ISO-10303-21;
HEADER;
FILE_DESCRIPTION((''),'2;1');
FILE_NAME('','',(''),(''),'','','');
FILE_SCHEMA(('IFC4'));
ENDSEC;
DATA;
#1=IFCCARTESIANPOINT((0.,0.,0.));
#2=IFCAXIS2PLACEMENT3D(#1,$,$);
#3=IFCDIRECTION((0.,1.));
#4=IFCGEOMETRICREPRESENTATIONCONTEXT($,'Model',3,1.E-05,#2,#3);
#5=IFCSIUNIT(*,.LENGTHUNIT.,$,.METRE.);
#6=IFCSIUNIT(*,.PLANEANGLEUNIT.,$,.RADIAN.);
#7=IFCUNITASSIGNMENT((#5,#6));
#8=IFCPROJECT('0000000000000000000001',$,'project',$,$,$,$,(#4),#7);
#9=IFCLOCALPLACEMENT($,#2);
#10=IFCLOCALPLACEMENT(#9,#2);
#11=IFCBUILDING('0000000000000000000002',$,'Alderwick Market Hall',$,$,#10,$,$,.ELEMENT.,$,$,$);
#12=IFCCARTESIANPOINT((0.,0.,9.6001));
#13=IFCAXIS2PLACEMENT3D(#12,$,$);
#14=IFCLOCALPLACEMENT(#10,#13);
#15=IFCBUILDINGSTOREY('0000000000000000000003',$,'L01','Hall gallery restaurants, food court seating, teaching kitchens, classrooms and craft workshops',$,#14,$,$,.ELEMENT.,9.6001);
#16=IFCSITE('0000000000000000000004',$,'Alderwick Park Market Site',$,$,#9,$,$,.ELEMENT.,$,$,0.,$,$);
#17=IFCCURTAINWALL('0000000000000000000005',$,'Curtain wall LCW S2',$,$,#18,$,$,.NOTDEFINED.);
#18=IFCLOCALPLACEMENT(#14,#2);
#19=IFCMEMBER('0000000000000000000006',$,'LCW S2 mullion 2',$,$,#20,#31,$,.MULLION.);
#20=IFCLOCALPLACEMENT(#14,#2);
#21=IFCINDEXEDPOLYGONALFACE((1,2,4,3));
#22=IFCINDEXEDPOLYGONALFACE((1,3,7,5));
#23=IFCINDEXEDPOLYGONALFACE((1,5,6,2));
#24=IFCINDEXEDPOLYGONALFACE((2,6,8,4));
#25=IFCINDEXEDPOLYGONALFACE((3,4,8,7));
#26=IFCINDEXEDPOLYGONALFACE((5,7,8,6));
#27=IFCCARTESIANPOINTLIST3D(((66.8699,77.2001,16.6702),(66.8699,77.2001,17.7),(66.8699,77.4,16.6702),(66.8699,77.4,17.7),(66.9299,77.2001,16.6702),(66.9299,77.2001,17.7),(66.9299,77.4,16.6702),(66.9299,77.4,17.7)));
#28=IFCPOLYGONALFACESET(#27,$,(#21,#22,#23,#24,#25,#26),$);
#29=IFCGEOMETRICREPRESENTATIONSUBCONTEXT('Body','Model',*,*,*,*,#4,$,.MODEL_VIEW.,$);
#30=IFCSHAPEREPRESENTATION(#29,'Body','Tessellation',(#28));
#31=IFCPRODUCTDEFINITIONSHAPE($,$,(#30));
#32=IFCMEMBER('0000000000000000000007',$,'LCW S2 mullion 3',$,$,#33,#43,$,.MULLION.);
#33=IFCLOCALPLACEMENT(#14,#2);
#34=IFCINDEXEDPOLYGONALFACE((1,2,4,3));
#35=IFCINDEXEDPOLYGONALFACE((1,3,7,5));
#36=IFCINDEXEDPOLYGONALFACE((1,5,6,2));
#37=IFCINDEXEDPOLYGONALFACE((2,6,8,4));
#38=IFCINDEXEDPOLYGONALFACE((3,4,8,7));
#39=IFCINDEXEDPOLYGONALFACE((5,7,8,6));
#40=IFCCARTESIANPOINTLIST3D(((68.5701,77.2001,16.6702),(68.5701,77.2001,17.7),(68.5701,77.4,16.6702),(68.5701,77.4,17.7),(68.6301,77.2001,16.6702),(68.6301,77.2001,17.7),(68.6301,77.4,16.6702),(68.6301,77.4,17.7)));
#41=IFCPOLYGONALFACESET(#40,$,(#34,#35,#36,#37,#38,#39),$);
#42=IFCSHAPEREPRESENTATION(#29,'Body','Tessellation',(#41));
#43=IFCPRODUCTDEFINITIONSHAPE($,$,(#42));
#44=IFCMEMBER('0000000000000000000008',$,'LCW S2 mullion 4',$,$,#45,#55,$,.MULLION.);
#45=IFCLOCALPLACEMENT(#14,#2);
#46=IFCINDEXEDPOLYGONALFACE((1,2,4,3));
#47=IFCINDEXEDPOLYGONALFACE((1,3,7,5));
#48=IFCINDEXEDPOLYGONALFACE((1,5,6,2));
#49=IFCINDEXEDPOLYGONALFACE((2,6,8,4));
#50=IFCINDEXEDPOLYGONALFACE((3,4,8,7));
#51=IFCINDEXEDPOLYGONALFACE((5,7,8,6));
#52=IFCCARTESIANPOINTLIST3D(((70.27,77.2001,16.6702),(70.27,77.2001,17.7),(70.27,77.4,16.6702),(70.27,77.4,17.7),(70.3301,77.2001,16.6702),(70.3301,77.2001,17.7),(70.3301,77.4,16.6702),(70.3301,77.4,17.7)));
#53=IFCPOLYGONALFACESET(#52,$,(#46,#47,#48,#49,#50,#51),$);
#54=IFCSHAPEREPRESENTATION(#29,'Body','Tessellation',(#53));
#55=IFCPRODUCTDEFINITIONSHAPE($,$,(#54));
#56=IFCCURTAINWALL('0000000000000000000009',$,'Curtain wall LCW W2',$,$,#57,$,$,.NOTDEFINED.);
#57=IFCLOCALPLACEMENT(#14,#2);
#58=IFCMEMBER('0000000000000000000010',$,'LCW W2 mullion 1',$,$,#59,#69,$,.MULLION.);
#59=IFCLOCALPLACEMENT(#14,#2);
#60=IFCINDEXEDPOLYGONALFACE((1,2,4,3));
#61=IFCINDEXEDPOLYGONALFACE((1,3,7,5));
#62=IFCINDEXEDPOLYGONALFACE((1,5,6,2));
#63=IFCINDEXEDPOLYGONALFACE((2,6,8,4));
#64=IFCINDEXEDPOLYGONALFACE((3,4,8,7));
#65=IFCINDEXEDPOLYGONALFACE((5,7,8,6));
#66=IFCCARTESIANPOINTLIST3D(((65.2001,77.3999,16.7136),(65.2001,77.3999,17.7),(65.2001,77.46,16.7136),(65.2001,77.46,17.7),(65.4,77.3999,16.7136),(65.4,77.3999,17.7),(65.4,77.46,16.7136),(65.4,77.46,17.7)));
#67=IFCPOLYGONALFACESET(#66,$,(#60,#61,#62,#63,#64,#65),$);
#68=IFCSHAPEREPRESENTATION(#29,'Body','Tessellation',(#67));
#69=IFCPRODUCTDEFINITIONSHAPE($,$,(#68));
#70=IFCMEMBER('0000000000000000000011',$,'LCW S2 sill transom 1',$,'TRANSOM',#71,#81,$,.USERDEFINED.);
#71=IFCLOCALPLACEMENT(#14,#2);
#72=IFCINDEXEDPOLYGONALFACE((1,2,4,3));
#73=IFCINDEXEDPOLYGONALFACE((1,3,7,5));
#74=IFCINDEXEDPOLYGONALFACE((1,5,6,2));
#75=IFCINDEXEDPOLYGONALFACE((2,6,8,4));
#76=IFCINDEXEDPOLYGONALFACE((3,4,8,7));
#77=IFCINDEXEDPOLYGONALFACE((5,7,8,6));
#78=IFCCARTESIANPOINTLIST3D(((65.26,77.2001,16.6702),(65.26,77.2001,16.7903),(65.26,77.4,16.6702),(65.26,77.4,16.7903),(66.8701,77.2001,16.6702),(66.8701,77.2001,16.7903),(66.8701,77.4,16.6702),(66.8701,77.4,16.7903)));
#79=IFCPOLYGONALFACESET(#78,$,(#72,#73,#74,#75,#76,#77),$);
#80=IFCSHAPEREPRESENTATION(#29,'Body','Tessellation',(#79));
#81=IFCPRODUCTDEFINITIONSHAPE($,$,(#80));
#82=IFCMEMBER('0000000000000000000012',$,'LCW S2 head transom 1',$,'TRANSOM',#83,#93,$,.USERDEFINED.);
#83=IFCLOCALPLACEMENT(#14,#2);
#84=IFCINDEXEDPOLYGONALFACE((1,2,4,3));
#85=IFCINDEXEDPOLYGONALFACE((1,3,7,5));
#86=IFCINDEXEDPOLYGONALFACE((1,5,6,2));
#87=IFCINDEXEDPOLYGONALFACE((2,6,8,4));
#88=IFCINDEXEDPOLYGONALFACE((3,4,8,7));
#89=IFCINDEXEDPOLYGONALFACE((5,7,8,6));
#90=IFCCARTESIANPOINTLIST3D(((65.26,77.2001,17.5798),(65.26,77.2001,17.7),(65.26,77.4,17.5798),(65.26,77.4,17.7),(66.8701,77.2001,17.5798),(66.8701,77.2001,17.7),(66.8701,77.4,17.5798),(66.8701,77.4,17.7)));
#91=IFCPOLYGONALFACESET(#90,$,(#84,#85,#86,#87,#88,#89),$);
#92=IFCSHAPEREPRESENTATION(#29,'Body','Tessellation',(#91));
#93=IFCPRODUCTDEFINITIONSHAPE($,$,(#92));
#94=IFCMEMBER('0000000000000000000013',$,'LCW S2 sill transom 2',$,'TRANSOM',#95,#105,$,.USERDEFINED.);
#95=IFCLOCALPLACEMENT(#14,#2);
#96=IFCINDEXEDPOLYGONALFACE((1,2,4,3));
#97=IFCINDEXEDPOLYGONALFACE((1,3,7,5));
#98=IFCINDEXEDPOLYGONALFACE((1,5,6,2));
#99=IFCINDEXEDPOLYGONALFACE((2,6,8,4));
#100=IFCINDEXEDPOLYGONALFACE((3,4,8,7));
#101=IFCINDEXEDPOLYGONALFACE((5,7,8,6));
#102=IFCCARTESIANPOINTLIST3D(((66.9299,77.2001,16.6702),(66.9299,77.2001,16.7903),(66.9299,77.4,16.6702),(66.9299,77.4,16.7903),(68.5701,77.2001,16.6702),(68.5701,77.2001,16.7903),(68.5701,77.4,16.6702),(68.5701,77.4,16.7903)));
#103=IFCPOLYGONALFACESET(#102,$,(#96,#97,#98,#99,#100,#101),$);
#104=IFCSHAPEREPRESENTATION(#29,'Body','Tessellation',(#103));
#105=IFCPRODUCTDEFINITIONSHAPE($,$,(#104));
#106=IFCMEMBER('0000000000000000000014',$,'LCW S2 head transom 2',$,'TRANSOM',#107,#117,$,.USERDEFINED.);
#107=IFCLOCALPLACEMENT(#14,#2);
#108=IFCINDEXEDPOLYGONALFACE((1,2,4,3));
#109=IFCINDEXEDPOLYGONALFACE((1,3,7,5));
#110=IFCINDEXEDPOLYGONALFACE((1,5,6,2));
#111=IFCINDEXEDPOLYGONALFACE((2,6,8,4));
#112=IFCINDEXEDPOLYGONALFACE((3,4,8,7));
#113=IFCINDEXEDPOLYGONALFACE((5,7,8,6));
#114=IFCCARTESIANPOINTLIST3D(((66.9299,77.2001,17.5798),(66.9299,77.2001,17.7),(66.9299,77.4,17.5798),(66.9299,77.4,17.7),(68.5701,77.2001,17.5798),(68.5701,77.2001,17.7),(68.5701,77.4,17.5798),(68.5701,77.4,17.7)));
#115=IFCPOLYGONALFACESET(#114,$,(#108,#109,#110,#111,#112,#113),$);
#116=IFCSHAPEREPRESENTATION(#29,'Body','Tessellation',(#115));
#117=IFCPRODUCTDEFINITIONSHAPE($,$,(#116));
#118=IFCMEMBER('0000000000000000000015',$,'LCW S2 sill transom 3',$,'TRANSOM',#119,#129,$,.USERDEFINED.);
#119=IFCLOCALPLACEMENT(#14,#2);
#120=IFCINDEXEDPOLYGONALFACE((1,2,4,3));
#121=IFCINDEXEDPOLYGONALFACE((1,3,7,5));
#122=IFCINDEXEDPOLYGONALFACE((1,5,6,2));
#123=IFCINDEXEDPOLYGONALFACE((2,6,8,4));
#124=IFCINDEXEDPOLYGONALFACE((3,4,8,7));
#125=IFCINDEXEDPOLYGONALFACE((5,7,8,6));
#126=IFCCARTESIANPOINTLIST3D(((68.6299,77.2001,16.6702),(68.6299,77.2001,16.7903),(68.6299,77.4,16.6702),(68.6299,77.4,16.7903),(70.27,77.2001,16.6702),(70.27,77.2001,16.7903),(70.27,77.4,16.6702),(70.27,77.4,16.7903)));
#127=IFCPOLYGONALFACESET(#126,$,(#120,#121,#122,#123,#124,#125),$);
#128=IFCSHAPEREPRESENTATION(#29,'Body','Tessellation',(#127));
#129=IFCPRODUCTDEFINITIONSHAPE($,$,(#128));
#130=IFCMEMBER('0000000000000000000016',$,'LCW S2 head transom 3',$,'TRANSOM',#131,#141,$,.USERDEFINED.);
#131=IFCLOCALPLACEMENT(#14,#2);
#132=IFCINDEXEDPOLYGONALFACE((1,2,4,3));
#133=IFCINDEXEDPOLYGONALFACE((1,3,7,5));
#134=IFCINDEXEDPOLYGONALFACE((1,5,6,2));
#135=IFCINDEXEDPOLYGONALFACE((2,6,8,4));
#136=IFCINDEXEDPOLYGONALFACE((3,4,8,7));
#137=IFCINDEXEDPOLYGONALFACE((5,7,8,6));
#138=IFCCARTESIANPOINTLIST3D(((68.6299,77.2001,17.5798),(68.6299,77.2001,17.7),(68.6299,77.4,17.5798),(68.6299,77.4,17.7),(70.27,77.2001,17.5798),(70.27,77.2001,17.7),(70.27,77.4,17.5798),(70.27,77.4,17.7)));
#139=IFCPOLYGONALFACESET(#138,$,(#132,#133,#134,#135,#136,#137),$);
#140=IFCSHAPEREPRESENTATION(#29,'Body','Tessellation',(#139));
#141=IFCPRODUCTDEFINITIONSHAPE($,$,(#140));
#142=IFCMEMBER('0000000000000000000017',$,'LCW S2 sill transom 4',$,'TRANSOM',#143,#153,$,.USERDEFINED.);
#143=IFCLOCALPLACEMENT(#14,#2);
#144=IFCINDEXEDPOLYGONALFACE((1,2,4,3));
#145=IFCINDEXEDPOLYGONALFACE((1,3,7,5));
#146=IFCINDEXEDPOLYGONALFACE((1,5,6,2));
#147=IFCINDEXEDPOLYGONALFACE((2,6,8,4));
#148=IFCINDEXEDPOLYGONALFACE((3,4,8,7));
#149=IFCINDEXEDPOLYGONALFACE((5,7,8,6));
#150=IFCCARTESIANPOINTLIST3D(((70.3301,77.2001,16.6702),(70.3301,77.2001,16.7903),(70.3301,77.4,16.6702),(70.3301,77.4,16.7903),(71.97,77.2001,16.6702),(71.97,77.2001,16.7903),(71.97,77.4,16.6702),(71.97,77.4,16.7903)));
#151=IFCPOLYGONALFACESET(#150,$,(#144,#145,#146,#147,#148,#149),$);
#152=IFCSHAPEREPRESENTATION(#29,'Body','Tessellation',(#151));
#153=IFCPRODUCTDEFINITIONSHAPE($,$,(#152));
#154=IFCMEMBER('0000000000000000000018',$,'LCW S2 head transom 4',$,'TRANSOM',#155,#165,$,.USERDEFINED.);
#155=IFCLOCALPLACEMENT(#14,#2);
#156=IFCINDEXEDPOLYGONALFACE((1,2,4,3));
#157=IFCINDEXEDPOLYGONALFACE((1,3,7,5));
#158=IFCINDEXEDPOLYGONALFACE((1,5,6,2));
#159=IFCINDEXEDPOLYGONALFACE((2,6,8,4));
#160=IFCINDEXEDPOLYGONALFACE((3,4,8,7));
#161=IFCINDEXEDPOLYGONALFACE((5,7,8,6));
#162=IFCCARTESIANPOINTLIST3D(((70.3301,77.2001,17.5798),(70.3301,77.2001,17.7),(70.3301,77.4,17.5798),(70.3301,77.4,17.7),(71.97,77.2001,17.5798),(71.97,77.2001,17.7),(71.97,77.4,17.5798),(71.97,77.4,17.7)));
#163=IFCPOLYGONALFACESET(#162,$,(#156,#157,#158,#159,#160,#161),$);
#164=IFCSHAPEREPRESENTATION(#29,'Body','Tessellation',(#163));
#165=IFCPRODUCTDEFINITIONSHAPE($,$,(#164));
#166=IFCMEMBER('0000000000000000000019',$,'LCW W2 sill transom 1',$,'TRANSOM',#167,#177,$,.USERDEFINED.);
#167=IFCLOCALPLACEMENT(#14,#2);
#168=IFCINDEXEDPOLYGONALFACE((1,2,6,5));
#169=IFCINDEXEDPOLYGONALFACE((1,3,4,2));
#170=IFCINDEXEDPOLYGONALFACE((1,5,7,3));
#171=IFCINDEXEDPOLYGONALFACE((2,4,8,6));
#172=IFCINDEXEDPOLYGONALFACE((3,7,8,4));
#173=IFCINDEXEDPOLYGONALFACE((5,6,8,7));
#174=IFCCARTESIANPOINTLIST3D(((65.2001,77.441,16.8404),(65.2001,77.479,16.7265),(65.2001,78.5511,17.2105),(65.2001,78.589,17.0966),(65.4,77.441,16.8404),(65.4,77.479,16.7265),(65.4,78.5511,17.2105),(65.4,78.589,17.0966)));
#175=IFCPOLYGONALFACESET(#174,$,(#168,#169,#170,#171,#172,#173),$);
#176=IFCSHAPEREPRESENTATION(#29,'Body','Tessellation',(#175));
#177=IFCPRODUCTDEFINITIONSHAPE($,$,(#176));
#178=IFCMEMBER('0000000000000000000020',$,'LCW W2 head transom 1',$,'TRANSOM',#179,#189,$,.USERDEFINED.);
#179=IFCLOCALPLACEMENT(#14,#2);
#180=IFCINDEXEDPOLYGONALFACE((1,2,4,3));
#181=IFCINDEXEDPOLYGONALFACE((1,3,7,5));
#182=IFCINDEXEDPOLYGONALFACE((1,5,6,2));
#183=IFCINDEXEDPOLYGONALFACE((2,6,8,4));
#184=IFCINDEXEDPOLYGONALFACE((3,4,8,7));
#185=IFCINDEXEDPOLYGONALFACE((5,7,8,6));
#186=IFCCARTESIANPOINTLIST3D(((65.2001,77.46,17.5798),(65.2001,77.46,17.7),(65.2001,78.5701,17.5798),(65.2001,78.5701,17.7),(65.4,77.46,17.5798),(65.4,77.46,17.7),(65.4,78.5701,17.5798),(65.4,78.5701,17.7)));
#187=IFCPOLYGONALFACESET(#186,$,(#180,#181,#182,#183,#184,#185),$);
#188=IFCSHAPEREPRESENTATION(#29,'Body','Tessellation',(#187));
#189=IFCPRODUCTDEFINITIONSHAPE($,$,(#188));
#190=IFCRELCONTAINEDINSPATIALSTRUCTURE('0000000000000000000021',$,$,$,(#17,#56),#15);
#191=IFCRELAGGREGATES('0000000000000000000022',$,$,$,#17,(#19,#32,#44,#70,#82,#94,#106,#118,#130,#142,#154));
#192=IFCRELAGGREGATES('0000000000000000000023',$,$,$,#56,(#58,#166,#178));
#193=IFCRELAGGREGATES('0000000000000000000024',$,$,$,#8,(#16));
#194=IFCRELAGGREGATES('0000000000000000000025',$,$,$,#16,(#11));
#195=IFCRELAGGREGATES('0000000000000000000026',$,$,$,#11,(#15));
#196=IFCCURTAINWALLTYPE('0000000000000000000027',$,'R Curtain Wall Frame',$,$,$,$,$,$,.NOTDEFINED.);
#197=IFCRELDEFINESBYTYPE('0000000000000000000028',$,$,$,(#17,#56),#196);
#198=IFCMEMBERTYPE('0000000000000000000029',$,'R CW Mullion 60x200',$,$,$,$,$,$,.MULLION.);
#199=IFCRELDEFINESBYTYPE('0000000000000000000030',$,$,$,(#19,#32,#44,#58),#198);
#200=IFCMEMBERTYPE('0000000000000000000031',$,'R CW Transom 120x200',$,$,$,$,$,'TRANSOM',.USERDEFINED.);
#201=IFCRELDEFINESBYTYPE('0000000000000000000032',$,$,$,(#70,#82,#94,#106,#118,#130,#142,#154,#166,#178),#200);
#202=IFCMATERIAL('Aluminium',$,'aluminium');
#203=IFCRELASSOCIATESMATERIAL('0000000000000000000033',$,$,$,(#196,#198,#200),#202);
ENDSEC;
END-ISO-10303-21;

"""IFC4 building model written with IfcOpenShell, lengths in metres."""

from ifc_helpers import new_model, si_unit, direction, frame, origin, origin_2d, place, context, subcontext, project, spatial, rectangle, extrude, material, material_profile, profile_set, type_object, element, aggregate, save


model = new_model("IFC4")

# Units and contexts
model_context = context("Model", 3, precision=1e-05, world=origin(), true_north=direction((0.0, 1.0)))
body_context = subcontext(model_context, "Body", "Model", "MODEL_VIEW")
ifc_project = project(units=[si_unit("LENGTHUNIT", "METRE"), si_unit("PLANEANGLEUNIT", "RADIAN")], contexts=[model_context])

# Site, building, storey
site_placement = place(None, origin())
site = spatial("IfcSite", under=ifc_project, at=site_placement, Name="Alderwick Park Market Site", CompositionType="ELEMENT", RefElevation=0.0)
building_placement = place(site_placement, origin())
building = spatial("IfcBuilding", under=site, at=building_placement, Name="Alderwick Market Hall", CompositionType="ELEMENT")
storey_placement = place(building_placement, frame((0.0, 0.0, 9.6001)))
storey = spatial("IfcBuildingStorey", under=building, at=storey_placement, Name="L01", Description="Hall gallery restaurants, food court seating, teaching kitchens, classrooms and craft workshops", CompositionType="ELEMENT", Elevation=9.6001)

# Curtain wall, members
ifc_material_1 = material(Name="Aluminium", Category="aluminium")
curtain_wall_type = type_object("IfcCurtainWallType", Name="R Curtain Wall Frame", PredefinedType="NOTDEFINED", material=ifc_material_1)
curtain_wall_1_placement = place(storey_placement, origin())
curtain_wall_1 = element("IfcCurtainWall", 1, at=curtain_wall_1_placement, inside=storey, type_object=curtain_wall_type, Name="Curtain wall LCW S2", PredefinedType="NOTDEFINED")
ifc_material_profile_1 = material_profile(ifc_material_1, rectangle(XDim=0.2, YDim=0.0601, at=origin_2d()), Name="AL 60x200")
ifc_profile_set_1 = profile_set([ifc_material_profile_1], Name="Aluminium")
member_type_1 = type_object("IfcMemberType", Name="R CW Mullion 60x200", PredefinedType="MULLION", material=ifc_profile_set_1)
member_1_placement = place(storey_placement, frame((66.8999, 77.3, 16.6702), z_axis=(0.0, 0.0, 1.0), x_axis=(0.0, 1.0, 0.0)))
member_1 = element("IfcMember", 2, at=member_1_placement, type_object=member_type_1, Name="LCW S2 mullion 2", PredefinedType="MULLION", context=body_context, shape_type="SweptSolid", body=[
    extrude(rectangle(XDim=0.2, YDim=0.0601, at=origin_2d()), origin(), (0.0, 0.0, 1.0), 1.0298),
])
member_2_placement = place(storey_placement, frame((68.6001, 77.3, 16.6702), z_axis=(0.0, 0.0, 1.0), x_axis=(0.0, 1.0, 0.0)))
member_2 = element("IfcMember", 3, at=member_2_placement, type_object=member_type_1, Name="LCW S2 mullion 3", PredefinedType="MULLION", context=body_context, shape_type="SweptSolid", body=[
    extrude(rectangle(XDim=0.2, YDim=0.0601, at=origin_2d()), origin(), (0.0, 0.0, 1.0), 1.0298),
])
member_3_placement = place(storey_placement, frame((70.3, 77.3, 16.6702), z_axis=(0.0, 0.0, 1.0), x_axis=(0.0, 1.0, 0.0)))
member_3 = element("IfcMember", 4, at=member_3_placement, type_object=member_type_1, Name="LCW S2 mullion 4", PredefinedType="MULLION", context=body_context, shape_type="SweptSolid", body=[
    extrude(rectangle(XDim=0.2, YDim=0.0601, at=origin_2d()), origin(), (0.0, 0.0, 1.0), 1.0298),
])

# Curtain wall, member
curtain_wall_2_placement = place(storey_placement, origin())
curtain_wall_2 = element("IfcCurtainWall", 5, at=curtain_wall_2_placement, inside=storey, type_object=curtain_wall_type, Name="Curtain wall LCW W2", PredefinedType="NOTDEFINED")
member_4_placement = place(storey_placement, frame((65.3, 77.4299, 16.7136), z_axis=(0.0, 0.0, 1.0), x_axis=(1.0, 0.0, 0.0)))
member_4 = element("IfcMember", 6, at=member_4_placement, type_object=member_type_1, Name="LCW W2 mullion 1", PredefinedType="MULLION", context=body_context, shape_type="SweptSolid", body=[
    extrude(rectangle(XDim=0.2, YDim=0.0601, at=origin_2d()), origin(), (0.0, 0.0, 1.0), 0.9863),
])

# Members
ifc_material_profile_2 = material_profile(ifc_material_1, rectangle(XDim=0.2, YDim=0.1201, at=origin_2d()), Name="AL 120x200")
ifc_profile_set_2 = profile_set([ifc_material_profile_2], Name="Aluminium")
member_type_2 = type_object("IfcMemberType", Name="R CW Transom 120x200", ElementType="TRANSOM", PredefinedType="USERDEFINED", material=ifc_profile_set_2)
member_5_placement = place(storey_placement, frame((65.26, 77.3, 16.7302), z_axis=(1.0, 0.0, 0.0), x_axis=(0.0, 1.0, 0.0)))
member_5 = element("IfcMember", 7, at=member_5_placement, type_object=member_type_2, Name="LCW S2 sill transom 1", ObjectType="TRANSOM", PredefinedType="USERDEFINED", context=body_context, shape_type="SweptSolid", body=[
    extrude(rectangle(XDim=0.2, YDim=0.1201, at=origin_2d()), origin(), (0.0, 0.0, 1.0), 1.6101),
])
member_6_placement = place(storey_placement, frame((65.26, 77.3, 17.6399), z_axis=(1.0, 0.0, 0.0), x_axis=(0.0, 1.0, 0.0)))
member_6 = element("IfcMember", 8, at=member_6_placement, type_object=member_type_2, Name="LCW S2 head transom 1", ObjectType="TRANSOM", PredefinedType="USERDEFINED", context=body_context, shape_type="SweptSolid", body=[
    extrude(rectangle(XDim=0.2, YDim=0.1201, at=origin_2d()), origin(), (0.0, 0.0, 1.0), 1.6101),
])
member_7_placement = place(storey_placement, frame((66.9299, 77.3, 16.7302), z_axis=(1.0, 0.0, 0.0), x_axis=(0.0, 1.0, 0.0)))
member_7 = element("IfcMember", 9, at=member_7_placement, type_object=member_type_2, Name="LCW S2 sill transom 2", ObjectType="TRANSOM", PredefinedType="USERDEFINED", context=body_context, shape_type="SweptSolid", body=[
    extrude(rectangle(XDim=0.2, YDim=0.1201, at=origin_2d()), origin(), (0.0, 0.0, 1.0), 1.6401),
])
member_8_placement = place(storey_placement, frame((66.9299, 77.3, 17.6399), z_axis=(1.0, 0.0, 0.0), x_axis=(0.0, 1.0, 0.0)))
member_8 = element("IfcMember", 10, at=member_8_placement, type_object=member_type_2, Name="LCW S2 head transom 2", ObjectType="TRANSOM", PredefinedType="USERDEFINED", context=body_context, shape_type="SweptSolid", body=[
    extrude(rectangle(XDim=0.2, YDim=0.1201, at=origin_2d()), origin(), (0.0, 0.0, 1.0), 1.6401),
])
member_9_placement = place(storey_placement, frame((68.6299, 77.3, 16.7302), z_axis=(1.0, 0.0, 0.0), x_axis=(0.0, 1.0, 0.0)))
member_9 = element("IfcMember", 11, at=member_9_placement, type_object=member_type_2, Name="LCW S2 sill transom 3", ObjectType="TRANSOM", PredefinedType="USERDEFINED", context=body_context, shape_type="SweptSolid", body=[
    extrude(rectangle(XDim=0.2, YDim=0.1201, at=origin_2d()), origin(), (0.0, 0.0, 1.0), 1.6401),
])
member_10_placement = place(storey_placement, frame((68.6299, 77.3, 17.6399), z_axis=(1.0, 0.0, 0.0), x_axis=(0.0, 1.0, 0.0)))
member_10 = element("IfcMember", 12, at=member_10_placement, type_object=member_type_2, Name="LCW S2 head transom 3", ObjectType="TRANSOM", PredefinedType="USERDEFINED", context=body_context, shape_type="SweptSolid", body=[
    extrude(rectangle(XDim=0.2, YDim=0.1201, at=origin_2d()), origin(), (0.0, 0.0, 1.0), 1.6401),
])
member_11_placement = place(storey_placement, frame((70.3301, 77.3, 16.7302), z_axis=(1.0, 0.0, 0.0), x_axis=(0.0, 1.0, 0.0)))
member_11 = element("IfcMember", 13, at=member_11_placement, type_object=member_type_2, Name="LCW S2 sill transom 4", ObjectType="TRANSOM", PredefinedType="USERDEFINED", context=body_context, shape_type="SweptSolid", body=[
    extrude(rectangle(XDim=0.2, YDim=0.1201, at=origin_2d()), origin(), (0.0, 0.0, 1.0), 1.6399),
])
member_12_placement = place(storey_placement, frame((70.3301, 77.3, 17.6399), z_axis=(1.0, 0.0, 0.0), x_axis=(0.0, 1.0, 0.0)))
member_12 = element("IfcMember", 14, at=member_12_placement, type_object=member_type_2, Name="LCW S2 head transom 4", ObjectType="TRANSOM", PredefinedType="USERDEFINED", context=body_context, shape_type="SweptSolid", body=[
    extrude(rectangle(XDim=0.2, YDim=0.1201, at=origin_2d()), origin(), (0.0, 0.0, 1.0), 1.6399),
])
member_13_placement = place(storey_placement, frame((65.3, 77.46, 16.7834), z_axis=(0.0, 0.948662, 0.31629), x_axis=(-1.0, 0.0, 0.0)))
member_13 = element("IfcMember", 15, at=member_13_placement, type_object=member_type_2, Name="LCW W2 sill transom 1", ObjectType="TRANSOM", PredefinedType="USERDEFINED", context=body_context, shape_type="SweptSolid", body=[
    extrude(rectangle(XDim=0.2, YDim=0.1201, at=origin_2d()), origin(), (0.0, 0.0, 1.0), 1.1702),
])
member_14_placement = place(storey_placement, frame((65.3, 77.46, 17.6399), z_axis=(0.0, 1.0, 0.0), x_axis=(-1.0, 0.0, 0.0)))
member_14 = element("IfcMember", 16, at=member_14_placement, type_object=member_type_2, Name="LCW W2 head transom 1", ObjectType="TRANSOM", PredefinedType="USERDEFINED", context=body_context, shape_type="SweptSolid", body=[
    extrude(rectangle(XDim=0.2, YDim=0.1201, at=origin_2d()), origin(), (0.0, 0.0, 1.0), 1.1101),
])

aggregate(curtain_wall_1, [member_1, member_2, member_3, member_5, member_6, member_7, member_8, member_9, member_10, member_11, member_12])

aggregate(curtain_wall_2, [member_4, member_13, member_14])

save(model, "model.ifc")
